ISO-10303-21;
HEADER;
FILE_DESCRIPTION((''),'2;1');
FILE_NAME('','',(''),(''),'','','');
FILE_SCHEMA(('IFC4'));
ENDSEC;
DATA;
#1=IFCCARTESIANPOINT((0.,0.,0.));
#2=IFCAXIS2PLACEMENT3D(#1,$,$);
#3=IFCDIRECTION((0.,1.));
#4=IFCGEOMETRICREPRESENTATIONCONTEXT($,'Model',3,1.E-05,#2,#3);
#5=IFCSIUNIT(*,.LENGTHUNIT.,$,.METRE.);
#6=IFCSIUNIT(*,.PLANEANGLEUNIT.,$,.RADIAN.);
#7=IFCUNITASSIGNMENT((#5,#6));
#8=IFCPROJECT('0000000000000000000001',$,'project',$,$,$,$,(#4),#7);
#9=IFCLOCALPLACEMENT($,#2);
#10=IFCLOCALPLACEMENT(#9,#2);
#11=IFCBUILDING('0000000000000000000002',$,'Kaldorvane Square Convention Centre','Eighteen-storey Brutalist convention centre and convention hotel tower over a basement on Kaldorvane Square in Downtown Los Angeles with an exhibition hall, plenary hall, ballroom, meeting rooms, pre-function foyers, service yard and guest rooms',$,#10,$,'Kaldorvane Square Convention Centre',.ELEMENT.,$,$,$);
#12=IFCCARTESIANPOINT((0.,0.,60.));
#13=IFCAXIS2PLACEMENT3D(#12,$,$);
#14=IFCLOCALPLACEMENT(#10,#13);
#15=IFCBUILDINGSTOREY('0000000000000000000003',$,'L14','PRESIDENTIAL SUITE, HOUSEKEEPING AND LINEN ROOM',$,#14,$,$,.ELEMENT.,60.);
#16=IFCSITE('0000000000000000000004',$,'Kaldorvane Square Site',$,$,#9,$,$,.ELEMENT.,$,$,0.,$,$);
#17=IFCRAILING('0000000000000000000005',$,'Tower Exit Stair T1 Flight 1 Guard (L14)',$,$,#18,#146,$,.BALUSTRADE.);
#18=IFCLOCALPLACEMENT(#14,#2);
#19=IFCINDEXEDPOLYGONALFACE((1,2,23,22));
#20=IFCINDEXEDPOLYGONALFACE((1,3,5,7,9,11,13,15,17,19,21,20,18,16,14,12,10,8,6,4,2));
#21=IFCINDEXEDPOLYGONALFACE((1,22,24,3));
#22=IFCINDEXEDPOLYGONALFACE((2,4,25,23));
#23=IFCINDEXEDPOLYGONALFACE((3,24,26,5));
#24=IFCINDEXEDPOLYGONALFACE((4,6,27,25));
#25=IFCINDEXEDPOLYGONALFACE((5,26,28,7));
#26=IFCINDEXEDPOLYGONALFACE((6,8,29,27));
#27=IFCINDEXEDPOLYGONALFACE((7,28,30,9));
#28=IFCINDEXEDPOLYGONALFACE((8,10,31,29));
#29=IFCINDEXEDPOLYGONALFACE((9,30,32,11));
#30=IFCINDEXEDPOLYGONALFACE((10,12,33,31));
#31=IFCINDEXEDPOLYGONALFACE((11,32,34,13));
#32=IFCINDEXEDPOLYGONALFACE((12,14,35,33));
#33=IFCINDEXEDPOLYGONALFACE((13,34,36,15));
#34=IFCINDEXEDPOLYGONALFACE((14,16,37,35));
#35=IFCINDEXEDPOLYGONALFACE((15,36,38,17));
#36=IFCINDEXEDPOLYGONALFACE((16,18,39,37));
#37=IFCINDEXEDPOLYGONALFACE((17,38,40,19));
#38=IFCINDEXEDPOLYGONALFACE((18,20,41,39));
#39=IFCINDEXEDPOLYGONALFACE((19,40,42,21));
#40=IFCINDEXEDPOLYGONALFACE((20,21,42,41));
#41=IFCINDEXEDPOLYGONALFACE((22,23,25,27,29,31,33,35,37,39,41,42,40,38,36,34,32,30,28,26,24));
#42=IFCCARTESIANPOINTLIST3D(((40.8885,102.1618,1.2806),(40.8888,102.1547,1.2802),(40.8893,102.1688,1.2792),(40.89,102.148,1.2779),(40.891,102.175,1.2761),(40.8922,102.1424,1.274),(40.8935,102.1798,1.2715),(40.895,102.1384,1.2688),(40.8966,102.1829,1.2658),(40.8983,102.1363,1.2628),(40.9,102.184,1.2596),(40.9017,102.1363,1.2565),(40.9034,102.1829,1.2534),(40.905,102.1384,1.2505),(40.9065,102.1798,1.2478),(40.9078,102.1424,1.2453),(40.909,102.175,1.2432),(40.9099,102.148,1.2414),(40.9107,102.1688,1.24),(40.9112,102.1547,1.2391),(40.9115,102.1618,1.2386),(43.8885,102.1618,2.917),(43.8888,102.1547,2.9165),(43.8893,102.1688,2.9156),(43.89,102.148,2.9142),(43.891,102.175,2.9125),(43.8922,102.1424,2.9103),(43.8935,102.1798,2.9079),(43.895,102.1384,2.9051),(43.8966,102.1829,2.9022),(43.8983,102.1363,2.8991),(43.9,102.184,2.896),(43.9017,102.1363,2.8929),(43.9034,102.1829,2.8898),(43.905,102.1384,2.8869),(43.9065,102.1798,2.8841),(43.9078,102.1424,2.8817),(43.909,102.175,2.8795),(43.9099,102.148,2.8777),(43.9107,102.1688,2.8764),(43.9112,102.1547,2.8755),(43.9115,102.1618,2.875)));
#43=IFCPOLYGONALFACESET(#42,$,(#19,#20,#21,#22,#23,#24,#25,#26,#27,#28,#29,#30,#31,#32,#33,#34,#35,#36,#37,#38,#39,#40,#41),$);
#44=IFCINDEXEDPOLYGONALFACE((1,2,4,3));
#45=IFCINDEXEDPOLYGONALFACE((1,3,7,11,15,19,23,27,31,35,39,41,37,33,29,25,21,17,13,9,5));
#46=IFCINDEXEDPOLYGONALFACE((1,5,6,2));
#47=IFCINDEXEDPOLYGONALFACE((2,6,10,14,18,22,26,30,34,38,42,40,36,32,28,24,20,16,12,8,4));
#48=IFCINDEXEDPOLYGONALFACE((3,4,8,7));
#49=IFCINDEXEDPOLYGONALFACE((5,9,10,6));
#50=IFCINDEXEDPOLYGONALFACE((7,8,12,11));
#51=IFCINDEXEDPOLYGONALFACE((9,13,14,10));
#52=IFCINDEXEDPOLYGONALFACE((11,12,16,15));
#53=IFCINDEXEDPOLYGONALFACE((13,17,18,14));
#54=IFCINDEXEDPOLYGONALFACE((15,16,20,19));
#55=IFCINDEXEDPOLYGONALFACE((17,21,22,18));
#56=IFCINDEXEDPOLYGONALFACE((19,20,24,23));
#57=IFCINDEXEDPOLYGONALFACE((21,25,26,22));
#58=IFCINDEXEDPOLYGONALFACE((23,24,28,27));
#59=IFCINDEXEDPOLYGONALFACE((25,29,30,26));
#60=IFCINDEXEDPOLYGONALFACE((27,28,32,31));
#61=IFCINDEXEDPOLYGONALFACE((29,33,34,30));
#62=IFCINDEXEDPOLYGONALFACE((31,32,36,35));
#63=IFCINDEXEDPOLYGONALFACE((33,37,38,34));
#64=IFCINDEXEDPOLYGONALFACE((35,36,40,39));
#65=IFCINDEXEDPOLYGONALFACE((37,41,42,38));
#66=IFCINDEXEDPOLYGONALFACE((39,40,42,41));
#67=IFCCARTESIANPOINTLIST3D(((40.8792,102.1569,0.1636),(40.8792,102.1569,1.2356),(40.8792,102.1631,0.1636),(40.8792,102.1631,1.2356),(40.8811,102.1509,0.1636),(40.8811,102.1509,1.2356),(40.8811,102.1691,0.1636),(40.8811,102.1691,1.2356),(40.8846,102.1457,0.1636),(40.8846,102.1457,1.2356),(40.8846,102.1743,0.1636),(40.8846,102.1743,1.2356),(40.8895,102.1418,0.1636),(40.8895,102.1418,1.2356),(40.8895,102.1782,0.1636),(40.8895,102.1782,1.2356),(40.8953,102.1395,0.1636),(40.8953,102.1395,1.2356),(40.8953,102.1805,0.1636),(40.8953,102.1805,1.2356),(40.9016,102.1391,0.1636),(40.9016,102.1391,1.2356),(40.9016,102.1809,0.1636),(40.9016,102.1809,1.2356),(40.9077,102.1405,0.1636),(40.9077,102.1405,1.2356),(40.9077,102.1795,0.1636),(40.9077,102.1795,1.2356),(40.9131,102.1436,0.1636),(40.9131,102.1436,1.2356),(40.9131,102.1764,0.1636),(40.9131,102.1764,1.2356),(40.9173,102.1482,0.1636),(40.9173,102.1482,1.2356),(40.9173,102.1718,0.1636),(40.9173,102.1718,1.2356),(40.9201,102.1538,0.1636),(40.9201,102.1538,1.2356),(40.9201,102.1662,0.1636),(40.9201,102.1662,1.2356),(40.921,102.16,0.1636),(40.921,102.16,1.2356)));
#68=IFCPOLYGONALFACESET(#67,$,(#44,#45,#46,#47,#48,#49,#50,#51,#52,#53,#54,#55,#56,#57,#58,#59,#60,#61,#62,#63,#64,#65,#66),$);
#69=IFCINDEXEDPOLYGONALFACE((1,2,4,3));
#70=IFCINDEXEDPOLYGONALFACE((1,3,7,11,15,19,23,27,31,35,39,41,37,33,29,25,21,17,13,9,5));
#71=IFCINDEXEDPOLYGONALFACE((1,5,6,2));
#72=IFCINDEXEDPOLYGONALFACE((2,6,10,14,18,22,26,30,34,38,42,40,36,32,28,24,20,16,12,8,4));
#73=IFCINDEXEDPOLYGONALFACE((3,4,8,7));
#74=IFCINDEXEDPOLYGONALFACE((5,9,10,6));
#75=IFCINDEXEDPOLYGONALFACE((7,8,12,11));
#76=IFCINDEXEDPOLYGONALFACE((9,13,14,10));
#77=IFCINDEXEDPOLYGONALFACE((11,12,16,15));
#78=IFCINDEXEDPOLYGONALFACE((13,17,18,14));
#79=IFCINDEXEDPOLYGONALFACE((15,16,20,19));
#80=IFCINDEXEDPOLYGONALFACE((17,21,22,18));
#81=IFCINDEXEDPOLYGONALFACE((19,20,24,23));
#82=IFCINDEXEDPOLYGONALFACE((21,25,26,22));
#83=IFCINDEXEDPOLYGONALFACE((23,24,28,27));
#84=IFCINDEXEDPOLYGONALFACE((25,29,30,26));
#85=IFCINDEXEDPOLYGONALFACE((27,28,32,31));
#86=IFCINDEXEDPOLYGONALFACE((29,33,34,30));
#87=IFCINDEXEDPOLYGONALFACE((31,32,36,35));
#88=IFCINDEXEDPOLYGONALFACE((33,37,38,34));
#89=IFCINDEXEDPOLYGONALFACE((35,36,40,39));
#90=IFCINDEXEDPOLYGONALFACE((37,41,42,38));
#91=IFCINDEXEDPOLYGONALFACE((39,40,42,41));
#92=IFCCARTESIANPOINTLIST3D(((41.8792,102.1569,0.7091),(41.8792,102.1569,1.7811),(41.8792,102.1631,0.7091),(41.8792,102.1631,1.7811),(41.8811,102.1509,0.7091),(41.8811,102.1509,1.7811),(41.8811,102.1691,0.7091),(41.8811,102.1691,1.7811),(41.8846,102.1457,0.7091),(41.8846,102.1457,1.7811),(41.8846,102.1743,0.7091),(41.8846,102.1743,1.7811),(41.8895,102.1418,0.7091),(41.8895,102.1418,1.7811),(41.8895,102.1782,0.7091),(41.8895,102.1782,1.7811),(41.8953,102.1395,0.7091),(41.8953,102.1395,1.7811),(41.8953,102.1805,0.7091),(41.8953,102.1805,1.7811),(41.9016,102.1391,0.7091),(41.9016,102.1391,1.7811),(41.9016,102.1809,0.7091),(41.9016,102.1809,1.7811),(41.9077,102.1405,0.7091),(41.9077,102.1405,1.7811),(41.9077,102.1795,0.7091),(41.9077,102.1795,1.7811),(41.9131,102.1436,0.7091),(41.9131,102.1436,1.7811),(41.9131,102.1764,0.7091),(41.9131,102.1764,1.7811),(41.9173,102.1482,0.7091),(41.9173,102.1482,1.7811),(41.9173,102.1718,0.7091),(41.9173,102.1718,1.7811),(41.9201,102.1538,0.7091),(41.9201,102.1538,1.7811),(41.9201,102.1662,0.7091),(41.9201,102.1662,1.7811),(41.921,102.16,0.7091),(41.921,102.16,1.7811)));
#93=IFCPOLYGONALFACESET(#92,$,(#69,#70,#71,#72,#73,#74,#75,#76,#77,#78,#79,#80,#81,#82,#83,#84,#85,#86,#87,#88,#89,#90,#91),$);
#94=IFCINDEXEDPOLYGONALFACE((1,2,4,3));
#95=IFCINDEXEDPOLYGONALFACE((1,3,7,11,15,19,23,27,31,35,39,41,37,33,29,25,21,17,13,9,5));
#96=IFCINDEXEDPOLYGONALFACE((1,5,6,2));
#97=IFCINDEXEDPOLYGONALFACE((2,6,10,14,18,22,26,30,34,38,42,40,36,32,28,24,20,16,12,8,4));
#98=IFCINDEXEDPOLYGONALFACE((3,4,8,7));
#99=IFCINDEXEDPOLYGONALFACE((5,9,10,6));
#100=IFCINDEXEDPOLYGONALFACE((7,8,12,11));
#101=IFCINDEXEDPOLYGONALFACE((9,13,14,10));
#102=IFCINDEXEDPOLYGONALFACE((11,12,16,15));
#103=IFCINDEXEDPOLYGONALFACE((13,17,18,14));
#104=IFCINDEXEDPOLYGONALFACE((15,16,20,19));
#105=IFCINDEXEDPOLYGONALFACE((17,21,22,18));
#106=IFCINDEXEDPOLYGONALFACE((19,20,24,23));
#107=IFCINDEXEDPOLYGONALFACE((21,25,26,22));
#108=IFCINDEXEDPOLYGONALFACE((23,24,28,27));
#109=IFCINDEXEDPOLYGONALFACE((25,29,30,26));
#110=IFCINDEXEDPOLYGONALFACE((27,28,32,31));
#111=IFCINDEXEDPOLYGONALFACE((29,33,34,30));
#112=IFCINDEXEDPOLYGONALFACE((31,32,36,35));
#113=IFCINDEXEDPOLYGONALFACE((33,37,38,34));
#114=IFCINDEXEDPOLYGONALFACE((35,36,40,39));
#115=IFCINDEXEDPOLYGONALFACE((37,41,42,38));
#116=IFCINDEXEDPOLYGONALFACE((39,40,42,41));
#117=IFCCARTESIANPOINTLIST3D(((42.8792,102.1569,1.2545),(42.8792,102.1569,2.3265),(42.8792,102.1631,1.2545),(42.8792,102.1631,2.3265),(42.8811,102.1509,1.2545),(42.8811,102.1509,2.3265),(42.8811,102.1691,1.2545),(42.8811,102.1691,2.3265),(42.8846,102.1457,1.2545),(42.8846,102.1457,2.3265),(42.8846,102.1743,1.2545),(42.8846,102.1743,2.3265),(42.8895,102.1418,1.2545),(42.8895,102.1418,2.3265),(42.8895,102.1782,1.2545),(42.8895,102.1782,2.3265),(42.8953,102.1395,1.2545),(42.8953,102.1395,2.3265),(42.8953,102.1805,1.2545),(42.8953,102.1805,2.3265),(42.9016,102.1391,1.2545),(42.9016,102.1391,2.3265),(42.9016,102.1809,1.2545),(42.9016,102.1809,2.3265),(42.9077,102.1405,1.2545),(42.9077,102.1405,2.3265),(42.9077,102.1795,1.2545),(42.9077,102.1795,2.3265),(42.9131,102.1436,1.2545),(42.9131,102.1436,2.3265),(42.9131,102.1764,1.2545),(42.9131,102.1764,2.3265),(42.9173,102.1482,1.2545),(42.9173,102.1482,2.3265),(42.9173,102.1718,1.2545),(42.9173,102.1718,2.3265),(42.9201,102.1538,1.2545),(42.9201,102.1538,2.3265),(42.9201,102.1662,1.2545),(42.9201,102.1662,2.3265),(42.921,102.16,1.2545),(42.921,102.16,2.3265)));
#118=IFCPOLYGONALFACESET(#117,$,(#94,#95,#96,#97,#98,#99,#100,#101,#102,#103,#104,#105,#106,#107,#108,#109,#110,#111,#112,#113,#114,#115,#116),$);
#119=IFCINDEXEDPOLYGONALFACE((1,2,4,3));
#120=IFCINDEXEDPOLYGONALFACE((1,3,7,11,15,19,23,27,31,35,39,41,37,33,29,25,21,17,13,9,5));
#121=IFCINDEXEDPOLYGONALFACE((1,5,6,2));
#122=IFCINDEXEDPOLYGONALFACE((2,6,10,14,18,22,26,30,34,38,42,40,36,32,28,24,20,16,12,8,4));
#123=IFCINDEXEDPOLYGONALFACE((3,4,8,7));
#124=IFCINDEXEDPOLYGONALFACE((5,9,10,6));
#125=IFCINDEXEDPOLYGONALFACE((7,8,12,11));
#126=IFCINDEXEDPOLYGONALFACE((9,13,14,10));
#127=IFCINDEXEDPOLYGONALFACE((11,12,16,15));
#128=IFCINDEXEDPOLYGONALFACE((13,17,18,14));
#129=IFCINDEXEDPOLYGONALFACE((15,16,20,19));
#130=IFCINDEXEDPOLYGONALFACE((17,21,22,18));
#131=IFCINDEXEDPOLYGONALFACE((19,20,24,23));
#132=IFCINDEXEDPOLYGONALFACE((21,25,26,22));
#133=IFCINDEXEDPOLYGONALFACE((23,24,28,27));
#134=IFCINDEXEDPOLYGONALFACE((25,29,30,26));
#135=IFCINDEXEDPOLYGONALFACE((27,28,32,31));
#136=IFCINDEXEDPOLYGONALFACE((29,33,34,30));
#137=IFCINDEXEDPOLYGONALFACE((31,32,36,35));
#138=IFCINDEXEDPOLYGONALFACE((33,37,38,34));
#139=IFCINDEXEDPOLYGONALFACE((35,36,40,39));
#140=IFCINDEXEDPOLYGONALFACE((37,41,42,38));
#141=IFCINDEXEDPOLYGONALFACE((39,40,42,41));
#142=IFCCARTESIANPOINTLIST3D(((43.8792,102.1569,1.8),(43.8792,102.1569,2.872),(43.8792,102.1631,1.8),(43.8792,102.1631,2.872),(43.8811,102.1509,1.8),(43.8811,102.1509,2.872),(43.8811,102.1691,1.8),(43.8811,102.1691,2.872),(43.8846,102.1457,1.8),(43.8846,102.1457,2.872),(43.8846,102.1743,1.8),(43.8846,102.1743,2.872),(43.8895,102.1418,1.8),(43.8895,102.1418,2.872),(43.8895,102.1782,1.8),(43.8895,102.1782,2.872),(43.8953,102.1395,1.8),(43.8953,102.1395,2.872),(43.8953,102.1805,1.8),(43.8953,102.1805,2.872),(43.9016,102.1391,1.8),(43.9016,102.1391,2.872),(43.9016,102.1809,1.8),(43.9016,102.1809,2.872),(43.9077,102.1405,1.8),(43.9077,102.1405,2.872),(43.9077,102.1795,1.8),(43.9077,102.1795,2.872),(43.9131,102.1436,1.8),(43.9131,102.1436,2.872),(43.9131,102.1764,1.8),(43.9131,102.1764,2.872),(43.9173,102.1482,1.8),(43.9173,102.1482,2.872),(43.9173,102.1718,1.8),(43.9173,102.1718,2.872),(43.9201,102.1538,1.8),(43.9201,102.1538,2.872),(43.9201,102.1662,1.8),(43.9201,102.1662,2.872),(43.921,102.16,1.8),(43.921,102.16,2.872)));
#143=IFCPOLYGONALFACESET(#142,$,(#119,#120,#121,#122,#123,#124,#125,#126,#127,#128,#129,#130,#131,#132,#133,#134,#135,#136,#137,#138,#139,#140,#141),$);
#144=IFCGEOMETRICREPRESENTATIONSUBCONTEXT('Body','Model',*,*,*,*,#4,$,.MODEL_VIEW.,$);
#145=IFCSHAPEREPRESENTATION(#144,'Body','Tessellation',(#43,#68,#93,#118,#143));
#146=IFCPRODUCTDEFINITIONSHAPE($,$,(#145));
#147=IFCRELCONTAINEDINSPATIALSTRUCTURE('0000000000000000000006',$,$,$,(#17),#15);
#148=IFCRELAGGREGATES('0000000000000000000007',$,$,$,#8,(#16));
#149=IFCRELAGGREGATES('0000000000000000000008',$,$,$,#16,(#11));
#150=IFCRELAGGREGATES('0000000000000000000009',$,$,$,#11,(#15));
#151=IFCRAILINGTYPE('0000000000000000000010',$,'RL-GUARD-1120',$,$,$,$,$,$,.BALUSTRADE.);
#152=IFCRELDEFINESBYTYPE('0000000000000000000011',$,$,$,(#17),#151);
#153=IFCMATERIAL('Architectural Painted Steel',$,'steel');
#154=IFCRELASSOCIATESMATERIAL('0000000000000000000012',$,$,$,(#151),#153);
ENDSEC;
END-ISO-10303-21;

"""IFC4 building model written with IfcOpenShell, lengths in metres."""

from ifc_helpers import new_model, si_unit, direction, frame, origin, origin_2d, place, context, subcontext, project, spatial, circle, extrude, material, type_object, element, save


model = new_model("IFC4")

# Units and contexts
model_context = context("Model", 3, precision=1e-05, world=origin(), true_north=direction((0.0, 1.0)))
body_context = subcontext(model_context, "Body", "Model", "MODEL_VIEW")
ifc_project = project(units=[si_unit("LENGTHUNIT", "METRE"), si_unit("PLANEANGLEUNIT", "RADIAN")], contexts=[model_context])

# Site, building, storey
site_placement = place(None, origin())
site = spatial("IfcSite", under=ifc_project, at=site_placement, Name="Kaldorvane Square Site", CompositionType="ELEMENT", RefElevation=0.0)
building_placement = place(site_placement, origin())
building = spatial("IfcBuilding", under=site, at=building_placement, Name="Kaldorvane Square Convention Centre", Description="Eighteen-storey Brutalist convention centre and convention hotel tower over a basement on Kaldorvane Square in Downtown Los Angeles with an exhibition hall, plenary hall, ballroom, meeting rooms, pre-function foyers, service yard and guest rooms", LongName="Kaldorvane Square Convention Centre", CompositionType="ELEMENT")
storey_placement = place(building_placement, frame((0.0, 0.0, 60.0)))
storey = spatial("IfcBuildingStorey", under=building, at=storey_placement, Name="L14", Description="PRESIDENTIAL SUITE, HOUSEKEEPING AND LINEN ROOM", CompositionType="ELEMENT", Elevation=60.0)

# Railing
ifc_material_1 = material(Name="Architectural Painted Steel", Category="steel")
railing_type_1 = type_object("IfcRailingType", Name="RL-GUARD-1120", PredefinedType="BALUSTRADE", material=ifc_material_1)
railing_1_placement = place(storey_placement, frame((40.9, 102.16, 0.1636)))
element("IfcRailing", 1, at=railing_1_placement, inside=storey, type_object=railing_type_1, Name="Tower Exit Stair T1 Flight 1 Guard (L14)", PredefinedType="BALUSTRADE", context=body_context, shape_type="SweptSolid", body=[
    extrude(circle(Radius=0.024, at=origin_2d()), frame((0.0, 0.0, 1.096), z_axis=(0.877895, 0.0, 0.478853), x_axis=(0.0, 1.0, 0.0)), (0.0, 0.0, 1.0), 3.4173),
    extrude(circle(Radius=0.021, at=origin_2d()), origin(), (0.0, 0.0, 1.0), 1.072),
    extrude(circle(Radius=0.021, at=origin_2d()), frame((1.0, 0.0, 0.5455)), (0.0, 0.0, 1.0), 1.072),
    extrude(circle(Radius=0.021, at=origin_2d()), frame((2.0, 0.0, 1.0909)), (0.0, 0.0, 1.0), 1.072),
    extrude(circle(Radius=0.021, at=origin_2d()), frame((3.0, 0.0, 1.6364)), (0.0, 0.0, 1.0), 1.072),
])

save(model, "model.ifc")
